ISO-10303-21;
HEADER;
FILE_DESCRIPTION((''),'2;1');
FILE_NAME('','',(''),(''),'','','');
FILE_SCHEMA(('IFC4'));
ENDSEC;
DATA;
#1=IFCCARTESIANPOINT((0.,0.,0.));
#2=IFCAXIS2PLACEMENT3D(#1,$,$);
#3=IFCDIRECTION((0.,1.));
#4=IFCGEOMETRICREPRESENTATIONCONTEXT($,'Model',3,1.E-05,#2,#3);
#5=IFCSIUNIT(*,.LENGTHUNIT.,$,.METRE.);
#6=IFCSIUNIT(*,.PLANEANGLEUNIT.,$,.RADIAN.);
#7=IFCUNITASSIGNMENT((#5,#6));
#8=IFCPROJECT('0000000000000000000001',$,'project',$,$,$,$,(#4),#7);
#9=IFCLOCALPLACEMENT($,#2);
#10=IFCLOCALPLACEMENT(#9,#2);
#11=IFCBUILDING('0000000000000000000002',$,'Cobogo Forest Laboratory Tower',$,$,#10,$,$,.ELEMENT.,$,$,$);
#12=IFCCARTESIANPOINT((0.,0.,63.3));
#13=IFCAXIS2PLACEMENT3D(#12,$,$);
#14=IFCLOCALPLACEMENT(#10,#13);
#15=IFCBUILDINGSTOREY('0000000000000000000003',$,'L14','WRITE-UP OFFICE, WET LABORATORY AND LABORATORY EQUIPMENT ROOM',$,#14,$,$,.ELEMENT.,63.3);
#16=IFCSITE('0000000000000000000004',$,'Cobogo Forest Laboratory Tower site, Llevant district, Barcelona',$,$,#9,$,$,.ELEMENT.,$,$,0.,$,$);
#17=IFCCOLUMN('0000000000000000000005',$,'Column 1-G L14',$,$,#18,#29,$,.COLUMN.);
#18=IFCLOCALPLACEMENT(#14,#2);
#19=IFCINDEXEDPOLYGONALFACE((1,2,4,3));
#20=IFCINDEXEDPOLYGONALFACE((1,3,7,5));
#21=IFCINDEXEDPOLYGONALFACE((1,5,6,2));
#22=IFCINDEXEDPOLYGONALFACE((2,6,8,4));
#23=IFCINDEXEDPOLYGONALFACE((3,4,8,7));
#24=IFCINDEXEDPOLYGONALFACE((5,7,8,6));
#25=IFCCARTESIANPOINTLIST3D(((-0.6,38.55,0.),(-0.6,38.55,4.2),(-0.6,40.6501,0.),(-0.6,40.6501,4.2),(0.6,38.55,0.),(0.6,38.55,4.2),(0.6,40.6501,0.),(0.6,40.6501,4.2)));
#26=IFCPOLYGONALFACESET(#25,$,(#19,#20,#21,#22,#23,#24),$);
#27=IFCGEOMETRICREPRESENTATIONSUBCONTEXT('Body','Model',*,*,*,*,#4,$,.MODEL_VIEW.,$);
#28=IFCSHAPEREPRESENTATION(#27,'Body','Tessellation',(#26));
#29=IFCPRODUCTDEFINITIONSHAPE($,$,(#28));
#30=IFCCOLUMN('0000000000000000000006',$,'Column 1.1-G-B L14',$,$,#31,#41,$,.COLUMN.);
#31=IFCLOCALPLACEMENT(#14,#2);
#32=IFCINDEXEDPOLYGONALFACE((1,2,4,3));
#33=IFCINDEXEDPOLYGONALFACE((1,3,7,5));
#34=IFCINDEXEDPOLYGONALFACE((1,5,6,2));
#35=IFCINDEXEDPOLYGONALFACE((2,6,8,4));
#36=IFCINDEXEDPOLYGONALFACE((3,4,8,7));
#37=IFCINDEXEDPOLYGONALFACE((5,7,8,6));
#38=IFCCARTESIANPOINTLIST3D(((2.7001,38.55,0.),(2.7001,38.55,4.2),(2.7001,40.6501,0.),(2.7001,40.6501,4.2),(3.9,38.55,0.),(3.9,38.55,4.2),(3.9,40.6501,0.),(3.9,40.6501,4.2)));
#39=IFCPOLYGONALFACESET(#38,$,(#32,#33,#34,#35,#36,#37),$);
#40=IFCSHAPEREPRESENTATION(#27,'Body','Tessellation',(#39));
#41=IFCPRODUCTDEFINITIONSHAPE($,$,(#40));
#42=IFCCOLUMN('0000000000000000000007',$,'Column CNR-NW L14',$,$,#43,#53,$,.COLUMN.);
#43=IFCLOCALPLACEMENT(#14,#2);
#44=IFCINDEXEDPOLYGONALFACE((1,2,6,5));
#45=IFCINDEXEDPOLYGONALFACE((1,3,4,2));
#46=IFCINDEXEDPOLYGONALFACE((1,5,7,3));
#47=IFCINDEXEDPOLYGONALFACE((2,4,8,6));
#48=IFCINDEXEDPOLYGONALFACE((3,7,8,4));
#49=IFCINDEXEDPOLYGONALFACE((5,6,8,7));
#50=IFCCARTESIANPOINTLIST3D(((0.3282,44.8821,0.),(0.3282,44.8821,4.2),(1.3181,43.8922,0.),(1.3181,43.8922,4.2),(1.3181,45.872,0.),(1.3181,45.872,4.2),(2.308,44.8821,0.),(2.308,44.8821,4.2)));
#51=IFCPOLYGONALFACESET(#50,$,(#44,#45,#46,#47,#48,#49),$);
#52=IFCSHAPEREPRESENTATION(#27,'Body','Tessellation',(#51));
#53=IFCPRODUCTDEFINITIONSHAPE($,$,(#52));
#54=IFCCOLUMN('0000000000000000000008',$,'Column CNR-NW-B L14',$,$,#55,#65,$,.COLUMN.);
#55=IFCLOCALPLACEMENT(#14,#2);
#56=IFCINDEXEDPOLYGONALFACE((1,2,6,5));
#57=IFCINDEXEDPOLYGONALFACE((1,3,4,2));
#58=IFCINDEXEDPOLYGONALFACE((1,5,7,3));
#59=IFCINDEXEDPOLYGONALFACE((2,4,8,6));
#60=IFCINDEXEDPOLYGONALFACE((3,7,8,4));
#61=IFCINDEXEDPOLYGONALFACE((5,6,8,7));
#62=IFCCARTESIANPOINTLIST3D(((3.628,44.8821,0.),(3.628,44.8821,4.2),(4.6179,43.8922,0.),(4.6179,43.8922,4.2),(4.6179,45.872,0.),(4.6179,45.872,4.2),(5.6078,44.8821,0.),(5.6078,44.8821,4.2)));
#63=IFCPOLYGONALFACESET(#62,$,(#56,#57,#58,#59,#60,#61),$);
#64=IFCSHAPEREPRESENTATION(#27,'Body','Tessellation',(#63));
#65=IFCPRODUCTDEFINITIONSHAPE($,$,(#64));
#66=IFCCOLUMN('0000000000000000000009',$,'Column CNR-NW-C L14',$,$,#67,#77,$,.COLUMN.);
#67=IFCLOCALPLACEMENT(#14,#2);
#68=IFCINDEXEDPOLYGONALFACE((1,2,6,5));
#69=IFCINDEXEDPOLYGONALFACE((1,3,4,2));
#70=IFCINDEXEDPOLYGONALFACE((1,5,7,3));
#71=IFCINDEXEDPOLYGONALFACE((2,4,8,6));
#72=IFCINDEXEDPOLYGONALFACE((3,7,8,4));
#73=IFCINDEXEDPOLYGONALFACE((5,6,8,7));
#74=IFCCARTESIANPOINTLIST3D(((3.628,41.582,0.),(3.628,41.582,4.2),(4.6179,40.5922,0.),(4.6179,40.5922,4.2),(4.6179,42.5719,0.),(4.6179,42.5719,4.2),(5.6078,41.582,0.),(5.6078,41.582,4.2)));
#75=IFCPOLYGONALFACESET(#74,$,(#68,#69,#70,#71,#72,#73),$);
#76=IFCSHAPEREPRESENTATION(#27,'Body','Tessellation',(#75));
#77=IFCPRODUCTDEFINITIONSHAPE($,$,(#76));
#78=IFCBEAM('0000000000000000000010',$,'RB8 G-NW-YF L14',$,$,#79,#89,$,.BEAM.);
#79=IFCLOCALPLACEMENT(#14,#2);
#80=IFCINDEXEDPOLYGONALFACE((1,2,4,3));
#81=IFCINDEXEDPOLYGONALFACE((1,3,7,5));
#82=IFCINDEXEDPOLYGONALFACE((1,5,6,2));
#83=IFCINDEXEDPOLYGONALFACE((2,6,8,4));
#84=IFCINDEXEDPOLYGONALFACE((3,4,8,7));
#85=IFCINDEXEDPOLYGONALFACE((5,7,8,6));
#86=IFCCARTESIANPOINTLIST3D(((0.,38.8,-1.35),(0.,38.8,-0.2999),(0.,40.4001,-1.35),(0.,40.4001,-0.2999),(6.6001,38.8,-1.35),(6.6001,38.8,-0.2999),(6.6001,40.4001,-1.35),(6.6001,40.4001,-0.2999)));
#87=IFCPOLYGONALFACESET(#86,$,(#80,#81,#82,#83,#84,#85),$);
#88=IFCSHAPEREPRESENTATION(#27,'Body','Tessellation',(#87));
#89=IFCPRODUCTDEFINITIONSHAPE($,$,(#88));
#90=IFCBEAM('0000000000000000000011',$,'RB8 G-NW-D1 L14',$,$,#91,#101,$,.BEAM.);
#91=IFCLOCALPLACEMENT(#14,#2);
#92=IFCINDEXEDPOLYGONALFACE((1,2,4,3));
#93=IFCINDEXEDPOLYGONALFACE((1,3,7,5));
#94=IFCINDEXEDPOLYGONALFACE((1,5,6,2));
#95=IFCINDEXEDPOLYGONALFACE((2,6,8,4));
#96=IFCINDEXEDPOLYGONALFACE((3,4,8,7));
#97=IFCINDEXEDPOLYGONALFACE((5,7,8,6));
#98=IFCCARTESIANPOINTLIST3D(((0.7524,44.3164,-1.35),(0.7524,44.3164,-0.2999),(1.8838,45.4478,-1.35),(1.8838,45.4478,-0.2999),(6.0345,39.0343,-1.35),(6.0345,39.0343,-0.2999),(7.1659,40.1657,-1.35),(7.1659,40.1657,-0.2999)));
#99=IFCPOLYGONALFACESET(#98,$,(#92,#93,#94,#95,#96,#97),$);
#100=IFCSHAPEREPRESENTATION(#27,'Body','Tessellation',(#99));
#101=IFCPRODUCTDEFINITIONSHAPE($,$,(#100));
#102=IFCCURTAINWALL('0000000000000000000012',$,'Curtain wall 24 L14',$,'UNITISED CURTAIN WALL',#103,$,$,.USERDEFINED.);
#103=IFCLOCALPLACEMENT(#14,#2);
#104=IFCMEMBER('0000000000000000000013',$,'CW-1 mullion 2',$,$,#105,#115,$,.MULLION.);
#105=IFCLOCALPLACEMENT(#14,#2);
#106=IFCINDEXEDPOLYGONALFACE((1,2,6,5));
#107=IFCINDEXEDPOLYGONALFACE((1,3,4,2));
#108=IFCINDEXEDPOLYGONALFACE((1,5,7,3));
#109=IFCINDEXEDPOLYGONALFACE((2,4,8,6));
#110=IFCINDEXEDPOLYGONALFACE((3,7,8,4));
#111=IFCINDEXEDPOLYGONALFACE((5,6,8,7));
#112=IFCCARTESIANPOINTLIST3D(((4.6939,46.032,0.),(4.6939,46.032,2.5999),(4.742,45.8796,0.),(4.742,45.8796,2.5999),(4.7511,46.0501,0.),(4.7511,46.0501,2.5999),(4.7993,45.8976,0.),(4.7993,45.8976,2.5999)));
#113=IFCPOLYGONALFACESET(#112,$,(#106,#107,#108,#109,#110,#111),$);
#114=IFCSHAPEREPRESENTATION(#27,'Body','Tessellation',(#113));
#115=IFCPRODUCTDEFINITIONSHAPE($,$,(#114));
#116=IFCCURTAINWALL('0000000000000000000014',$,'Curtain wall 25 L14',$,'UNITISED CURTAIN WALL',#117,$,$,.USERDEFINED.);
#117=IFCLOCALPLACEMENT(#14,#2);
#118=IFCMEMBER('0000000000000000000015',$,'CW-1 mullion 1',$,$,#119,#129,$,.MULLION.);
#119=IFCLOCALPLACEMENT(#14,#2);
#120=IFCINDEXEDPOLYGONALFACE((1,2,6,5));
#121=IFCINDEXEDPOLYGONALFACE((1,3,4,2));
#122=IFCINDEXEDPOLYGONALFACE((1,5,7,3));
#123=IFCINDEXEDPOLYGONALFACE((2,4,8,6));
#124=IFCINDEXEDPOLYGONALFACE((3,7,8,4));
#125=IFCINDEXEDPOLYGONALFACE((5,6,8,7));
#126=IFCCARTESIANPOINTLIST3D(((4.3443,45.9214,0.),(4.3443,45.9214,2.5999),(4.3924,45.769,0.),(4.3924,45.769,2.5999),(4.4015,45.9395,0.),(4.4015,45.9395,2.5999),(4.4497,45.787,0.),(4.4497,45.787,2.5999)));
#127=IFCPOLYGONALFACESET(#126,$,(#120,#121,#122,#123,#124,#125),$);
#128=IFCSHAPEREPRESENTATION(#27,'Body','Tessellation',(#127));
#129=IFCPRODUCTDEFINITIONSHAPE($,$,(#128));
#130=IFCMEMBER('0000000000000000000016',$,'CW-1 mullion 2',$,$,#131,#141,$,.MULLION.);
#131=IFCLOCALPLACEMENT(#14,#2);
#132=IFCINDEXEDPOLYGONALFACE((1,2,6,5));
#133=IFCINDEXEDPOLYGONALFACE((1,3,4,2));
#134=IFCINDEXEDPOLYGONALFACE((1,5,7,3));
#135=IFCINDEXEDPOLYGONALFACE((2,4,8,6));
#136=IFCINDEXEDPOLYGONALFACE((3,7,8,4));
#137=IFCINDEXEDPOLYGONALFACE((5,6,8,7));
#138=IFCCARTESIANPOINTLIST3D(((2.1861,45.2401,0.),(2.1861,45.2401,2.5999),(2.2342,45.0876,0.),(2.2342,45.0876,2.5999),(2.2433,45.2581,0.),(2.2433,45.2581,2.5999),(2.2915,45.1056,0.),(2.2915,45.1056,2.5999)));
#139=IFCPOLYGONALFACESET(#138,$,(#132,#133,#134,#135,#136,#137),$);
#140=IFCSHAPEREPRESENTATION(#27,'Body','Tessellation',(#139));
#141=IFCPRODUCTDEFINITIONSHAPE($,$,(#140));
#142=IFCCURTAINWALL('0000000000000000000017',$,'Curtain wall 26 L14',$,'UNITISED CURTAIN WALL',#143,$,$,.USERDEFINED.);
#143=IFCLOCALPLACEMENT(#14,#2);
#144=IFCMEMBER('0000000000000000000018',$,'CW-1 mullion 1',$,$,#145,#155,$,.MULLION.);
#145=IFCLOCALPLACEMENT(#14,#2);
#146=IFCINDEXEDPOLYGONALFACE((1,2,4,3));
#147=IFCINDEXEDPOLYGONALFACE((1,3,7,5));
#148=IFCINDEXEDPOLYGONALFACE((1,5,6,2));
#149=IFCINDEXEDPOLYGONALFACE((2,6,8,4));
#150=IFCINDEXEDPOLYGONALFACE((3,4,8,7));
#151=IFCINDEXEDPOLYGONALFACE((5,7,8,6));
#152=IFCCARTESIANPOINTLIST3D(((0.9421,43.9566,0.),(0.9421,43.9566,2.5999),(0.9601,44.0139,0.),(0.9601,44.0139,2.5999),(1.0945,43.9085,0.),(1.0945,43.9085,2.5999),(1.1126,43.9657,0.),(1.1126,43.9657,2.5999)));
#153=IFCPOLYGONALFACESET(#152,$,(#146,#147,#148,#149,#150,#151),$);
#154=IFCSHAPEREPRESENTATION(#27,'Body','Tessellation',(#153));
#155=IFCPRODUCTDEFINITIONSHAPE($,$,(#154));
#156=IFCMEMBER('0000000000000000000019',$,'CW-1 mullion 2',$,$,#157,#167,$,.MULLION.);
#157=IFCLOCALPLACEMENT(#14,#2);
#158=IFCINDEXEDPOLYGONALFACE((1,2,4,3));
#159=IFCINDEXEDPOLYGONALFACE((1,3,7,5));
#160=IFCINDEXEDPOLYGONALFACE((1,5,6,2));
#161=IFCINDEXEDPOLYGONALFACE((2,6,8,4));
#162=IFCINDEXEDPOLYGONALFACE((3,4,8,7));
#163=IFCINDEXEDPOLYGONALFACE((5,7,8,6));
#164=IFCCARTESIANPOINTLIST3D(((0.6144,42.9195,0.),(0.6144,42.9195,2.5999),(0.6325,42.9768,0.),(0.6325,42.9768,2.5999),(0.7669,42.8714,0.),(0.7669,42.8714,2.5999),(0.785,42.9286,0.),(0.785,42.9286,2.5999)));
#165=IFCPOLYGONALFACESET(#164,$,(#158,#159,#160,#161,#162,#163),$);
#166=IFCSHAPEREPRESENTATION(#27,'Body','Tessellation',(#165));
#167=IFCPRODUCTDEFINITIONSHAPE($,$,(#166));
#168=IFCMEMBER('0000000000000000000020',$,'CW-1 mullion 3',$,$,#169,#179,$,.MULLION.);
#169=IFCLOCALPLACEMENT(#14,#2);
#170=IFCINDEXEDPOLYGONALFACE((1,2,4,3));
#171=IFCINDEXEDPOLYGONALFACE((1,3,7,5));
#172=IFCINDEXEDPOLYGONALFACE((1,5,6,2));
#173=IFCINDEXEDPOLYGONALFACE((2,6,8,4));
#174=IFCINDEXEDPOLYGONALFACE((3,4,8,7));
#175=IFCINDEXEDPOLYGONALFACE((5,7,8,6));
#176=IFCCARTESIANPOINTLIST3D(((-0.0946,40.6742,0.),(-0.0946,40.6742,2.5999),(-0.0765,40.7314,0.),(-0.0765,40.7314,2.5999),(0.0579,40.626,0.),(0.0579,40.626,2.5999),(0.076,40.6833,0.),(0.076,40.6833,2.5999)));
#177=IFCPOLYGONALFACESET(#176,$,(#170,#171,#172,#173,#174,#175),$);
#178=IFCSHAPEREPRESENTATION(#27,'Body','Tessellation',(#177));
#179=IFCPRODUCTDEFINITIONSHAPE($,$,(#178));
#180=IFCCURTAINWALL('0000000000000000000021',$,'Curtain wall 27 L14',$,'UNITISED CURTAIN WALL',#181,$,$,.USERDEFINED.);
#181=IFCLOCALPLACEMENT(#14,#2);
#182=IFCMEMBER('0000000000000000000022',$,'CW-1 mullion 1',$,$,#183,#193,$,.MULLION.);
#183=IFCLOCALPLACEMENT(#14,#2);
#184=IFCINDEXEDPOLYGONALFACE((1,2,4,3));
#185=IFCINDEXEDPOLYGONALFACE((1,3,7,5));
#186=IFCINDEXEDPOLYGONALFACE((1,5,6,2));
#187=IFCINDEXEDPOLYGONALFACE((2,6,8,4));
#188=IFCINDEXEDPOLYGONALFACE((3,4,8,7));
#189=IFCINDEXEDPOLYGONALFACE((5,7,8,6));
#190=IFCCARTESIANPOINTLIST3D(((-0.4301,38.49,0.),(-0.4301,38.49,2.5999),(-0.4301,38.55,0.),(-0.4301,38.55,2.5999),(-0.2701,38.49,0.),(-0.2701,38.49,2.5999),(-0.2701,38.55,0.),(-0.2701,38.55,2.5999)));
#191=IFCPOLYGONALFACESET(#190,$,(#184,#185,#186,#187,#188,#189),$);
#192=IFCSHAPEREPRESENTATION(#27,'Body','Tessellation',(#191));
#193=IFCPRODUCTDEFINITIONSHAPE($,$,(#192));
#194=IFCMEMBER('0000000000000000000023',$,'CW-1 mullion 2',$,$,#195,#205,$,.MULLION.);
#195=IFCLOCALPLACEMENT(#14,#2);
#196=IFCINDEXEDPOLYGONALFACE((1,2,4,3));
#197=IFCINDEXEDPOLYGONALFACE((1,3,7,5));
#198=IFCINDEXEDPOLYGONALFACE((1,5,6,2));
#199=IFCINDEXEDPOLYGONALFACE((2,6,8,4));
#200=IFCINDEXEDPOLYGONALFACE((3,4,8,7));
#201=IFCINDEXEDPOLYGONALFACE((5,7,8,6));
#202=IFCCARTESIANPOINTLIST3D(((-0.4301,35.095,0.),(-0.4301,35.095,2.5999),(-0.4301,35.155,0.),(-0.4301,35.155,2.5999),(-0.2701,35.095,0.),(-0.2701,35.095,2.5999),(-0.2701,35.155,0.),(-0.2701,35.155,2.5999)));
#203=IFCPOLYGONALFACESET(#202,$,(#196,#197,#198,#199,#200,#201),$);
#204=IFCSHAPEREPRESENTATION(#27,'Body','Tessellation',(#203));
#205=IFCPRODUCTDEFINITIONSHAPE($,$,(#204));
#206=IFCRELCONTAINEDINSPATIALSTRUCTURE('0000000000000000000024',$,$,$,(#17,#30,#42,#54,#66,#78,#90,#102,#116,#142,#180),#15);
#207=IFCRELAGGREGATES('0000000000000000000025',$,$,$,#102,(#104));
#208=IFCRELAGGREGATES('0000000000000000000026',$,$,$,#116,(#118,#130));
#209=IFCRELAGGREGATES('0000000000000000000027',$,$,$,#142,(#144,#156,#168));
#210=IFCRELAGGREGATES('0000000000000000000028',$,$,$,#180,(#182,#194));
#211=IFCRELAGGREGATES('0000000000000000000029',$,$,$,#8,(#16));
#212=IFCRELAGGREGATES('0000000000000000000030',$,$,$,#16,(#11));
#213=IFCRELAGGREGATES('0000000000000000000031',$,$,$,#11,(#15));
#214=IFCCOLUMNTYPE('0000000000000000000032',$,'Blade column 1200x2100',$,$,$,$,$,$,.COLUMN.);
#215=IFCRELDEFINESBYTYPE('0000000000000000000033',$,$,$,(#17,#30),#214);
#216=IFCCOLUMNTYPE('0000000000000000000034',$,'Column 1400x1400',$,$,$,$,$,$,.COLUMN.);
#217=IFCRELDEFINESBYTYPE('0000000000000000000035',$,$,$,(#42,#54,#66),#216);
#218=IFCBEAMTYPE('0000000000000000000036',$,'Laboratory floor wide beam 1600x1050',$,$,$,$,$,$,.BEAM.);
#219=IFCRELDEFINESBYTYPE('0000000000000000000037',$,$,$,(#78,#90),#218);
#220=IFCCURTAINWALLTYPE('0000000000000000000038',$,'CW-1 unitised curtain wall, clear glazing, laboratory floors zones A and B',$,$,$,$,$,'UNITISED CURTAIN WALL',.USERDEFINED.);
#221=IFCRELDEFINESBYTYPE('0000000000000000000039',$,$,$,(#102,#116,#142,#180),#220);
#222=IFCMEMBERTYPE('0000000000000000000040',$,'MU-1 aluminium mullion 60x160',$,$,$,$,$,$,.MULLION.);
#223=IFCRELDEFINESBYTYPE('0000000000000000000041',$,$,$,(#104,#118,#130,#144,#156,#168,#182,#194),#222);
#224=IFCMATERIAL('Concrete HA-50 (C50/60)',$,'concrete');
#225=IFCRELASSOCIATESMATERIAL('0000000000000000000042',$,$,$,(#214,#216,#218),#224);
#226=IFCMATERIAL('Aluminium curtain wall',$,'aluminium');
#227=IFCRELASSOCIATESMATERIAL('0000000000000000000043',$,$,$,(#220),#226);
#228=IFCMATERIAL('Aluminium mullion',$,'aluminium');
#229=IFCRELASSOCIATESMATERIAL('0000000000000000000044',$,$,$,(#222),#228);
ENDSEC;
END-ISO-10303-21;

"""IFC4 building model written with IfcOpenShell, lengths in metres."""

from ifc_helpers import new_model, si_unit, direction, frame, origin, origin_2d, place, context, subcontext, project, spatial, rectangle, extrude, material, material_profile, profile_set, type_object, element, aggregate, save


model = new_model("IFC4")

# Units and contexts
model_context = context("Model", 3, precision=1e-05, world=origin(), true_north=direction((0.0, 1.0)))
body_context = subcontext(model_context, "Body", "Model", "MODEL_VIEW")
ifc_project = project(units=[si_unit("LENGTHUNIT", "METRE"), si_unit("PLANEANGLEUNIT", "RADIAN")], contexts=[model_context])

# Site, building, storey
site_placement = place(None, origin())
site = spatial("IfcSite", under=ifc_project, at=site_placement, Name="Cobogo Forest Laboratory Tower site, Llevant district, Barcelona", CompositionType="ELEMENT", RefElevation=0.0)
building_placement = place(site_placement, origin())
building = spatial("IfcBuilding", under=site, at=building_placement, Name="Cobogo Forest Laboratory Tower", CompositionType="ELEMENT")
storey_placement = place(building_placement, frame((0.0, 0.0, 63.3)))
storey = spatial("IfcBuildingStorey", under=building, at=storey_placement, Name="L14", Description="WRITE-UP OFFICE, WET LABORATORY AND LABORATORY EQUIPMENT ROOM", CompositionType="ELEMENT", Elevation=63.3)

# Columns
ifc_material_1 = material(Name="Concrete HA-50 (C50/60)", Category="concrete")
ifc_material_profile_1 = material_profile(ifc_material_1, rectangle(XDim=2.1001, YDim=1.2, at=origin_2d()), Name="RC 1200x2100")
ifc_profile_set_1 = profile_set([ifc_material_profile_1], Name="Concrete HA-50 (C50/60)")
column_type_1 = type_object("IfcColumnType", Name="Blade column 1200x2100", PredefinedType="COLUMN", material=ifc_profile_set_1)
for number, where, z_axis, x_axis, name in (
    (1, (0.0, 39.6001, 0.0), (0.0, 0.0, 1.0), (0.0, 1.0, 0.0), "Column 1-G L14"),
    (2, (3.3, 39.6001, 0.0), (0.0, 0.0, 1.0), (0.0, 1.0, 0.0), "Column 1.1-G-B L14"),
):
    element("IfcColumn", number, at=place(storey_placement, frame(where, z_axis=z_axis, x_axis=x_axis)), inside=storey, type_object=column_type_1, Name=name, PredefinedType="COLUMN", context=body_context, shape_type="SweptSolid", body=[
        extrude(rectangle(XDim=2.1001, YDim=1.2, at=origin_2d()), origin(), (0.0, 0.0, 1.0), 4.2),
    ])
ifc_material_profile_2 = material_profile(ifc_material_1, rectangle(XDim=1.3999, YDim=1.3999, at=origin_2d()), Name="RC 1400x1400")
ifc_profile_set_2 = profile_set([ifc_material_profile_2], Name="Concrete HA-50 (C50/60)")
column_type_2 = type_object("IfcColumnType", Name="Column 1400x1400", PredefinedType="COLUMN", material=ifc_profile_set_2)
for number, where, z_axis, x_axis, name in (
    (3, (1.3181, 44.8821, 0.0), (0.0, 0.0, 1.0), (0.707107, 0.707107, 0.0), "Column CNR-NW L14"),
    (4, (4.6179, 44.8821, 0.0), (0.0, 0.0, 1.0), (0.707107, 0.707107, 0.0), "Column CNR-NW-B L14"),
    (5, (4.6179, 41.582, 0.0), (0.0, 0.0, 1.0), (0.707107, 0.707107, 0.0), "Column CNR-NW-C L14"),
):
    element("IfcColumn", number, at=place(storey_placement, frame(where, z_axis=z_axis, x_axis=x_axis)), inside=storey, type_object=column_type_2, Name=name, PredefinedType="COLUMN", context=body_context, shape_type="SweptSolid", body=[
        extrude(rectangle(XDim=1.3999, YDim=1.3999, at=origin_2d()), origin(), (0.0, 0.0, 1.0), 4.2),
    ])

# Beams
ifc_material_profile_3 = material_profile(ifc_material_1, rectangle(XDim=1.6001, YDim=1.05, at=origin_2d()), Name="RC 1600x1050")
ifc_profile_set_3 = profile_set([ifc_material_profile_3], Name="Concrete HA-50 (C50/60)")
beam_type_1 = type_object("IfcBeamType", Name="Laboratory floor wide beam 1600x1050", PredefinedType="BEAM", material=ifc_profile_set_3)
beam_1_placement = place(storey_placement, frame((0.0, 39.6001, -0.825), z_axis=(1.0, 0.0, 0.0), x_axis=(0.0, 1.0, 0.0)))
element("IfcBeam", 6, at=beam_1_placement, inside=storey, type_object=beam_type_1, Name="RB8 G-NW-YF L14", PredefinedType="BEAM", context=body_context, shape_type="SweptSolid", body=[
    extrude(rectangle(XDim=1.6001, YDim=1.05, at=origin_2d()), origin(), (0.0, 0.0, 1.0), 6.6001),
])
beam_2_placement = place(storey_placement, frame((1.3181, 44.8821, -0.825), z_axis=(0.707107, -0.707107, 0.0), x_axis=(0.707107, 0.707107, 0.0)))
element("IfcBeam", 7, at=beam_2_placement, inside=storey, type_object=beam_type_1, Name="RB8 G-NW-D1 L14", PredefinedType="BEAM", context=body_context, shape_type="SweptSolid", body=[
    extrude(rectangle(XDim=1.6001, YDim=1.05, at=origin_2d()), origin(), (0.0, 0.0, 1.0), 7.47),
])

# Curtain wall, member
ifc_material_2 = material(Name="Aluminium curtain wall", Category="aluminium")
curtain_wall_type = type_object("IfcCurtainWallType", Name="CW-1 unitised curtain wall, clear glazing, laboratory floors zones A and B", ElementType="UNITISED CURTAIN WALL", PredefinedType="USERDEFINED", material=ifc_material_2)
curtain_wall_1_placement = place(storey_placement, origin())
curtain_wall_1 = element("IfcCurtainWall", 8, at=curtain_wall_1_placement, inside=storey, type_object=curtain_wall_type, Name="Curtain wall 24 L14", ObjectType="UNITISED CURTAIN WALL", PredefinedType="USERDEFINED")
ifc_material_3 = material(Name="Aluminium mullion", Category="aluminium")
ifc_material_profile_4 = material_profile(ifc_material_3, rectangle(XDim=0.0601, YDim=0.1599, at=origin_2d()), Name="AL 60x160")
ifc_profile_set_4 = profile_set([ifc_material_profile_4], Name="Aluminium mullion")
member_type_1 = type_object("IfcMemberType", Name="MU-1 aluminium mullion 60x160", PredefinedType="MULLION", material=ifc_profile_set_4)
member_1_placement = place(storey_placement, frame((4.7466, 45.9648, 0.0), z_axis=(0.0, 0.0, 1.0), x_axis=(-0.953582, -0.301135, 0.0)))
member_1 = element("IfcMember", 9, at=member_1_placement, type_object=member_type_1, Name="CW-1 mullion 2", PredefinedType="MULLION", context=body_context, shape_type="SweptSolid", body=[
    extrude(rectangle(XDim=0.0601, YDim=0.1599, at=origin_2d()), origin(), (0.0, 0.0, 1.0), 2.5999),
])

# Curtain walls, members
curtain_wall_2_placement = place(storey_placement, origin())
curtain_wall_2 = element("IfcCurtainWall", 10, at=curtain_wall_2_placement, inside=storey, type_object=curtain_wall_type, Name="Curtain wall 25 L14", ObjectType="UNITISED CURTAIN WALL", PredefinedType="USERDEFINED")
member_2_placement = place(storey_placement, frame((4.397, 45.8542, 0.0), z_axis=(0.0, 0.0, 1.0), x_axis=(-0.953581, -0.301135, 0.0)))
member_2 = element("IfcMember", 11, at=member_2_placement, type_object=member_type_1, Name="CW-1 mullion 1", PredefinedType="MULLION", context=body_context, shape_type="SweptSolid", body=[
    extrude(rectangle(XDim=0.0601, YDim=0.1599, at=origin_2d()), origin(), (0.0, 0.0, 1.0), 2.5999),
])
member_3_placement = place(storey_placement, frame((2.2388, 45.1729, 0.0), z_axis=(0.0, 0.0, 1.0), x_axis=(-0.953581, -0.301135, 0.0)))
member_3 = element("IfcMember", 12, at=member_3_placement, type_object=member_type_1, Name="CW-1 mullion 2", PredefinedType="MULLION", context=body_context, shape_type="SweptSolid", body=[
    extrude(rectangle(XDim=0.0601, YDim=0.1599, at=origin_2d()), origin(), (0.0, 0.0, 1.0), 2.5999),
])
curtain_wall_3_placement = place(storey_placement, origin())
curtain_wall_3 = element("IfcCurtainWall", 13, at=curtain_wall_3_placement, inside=storey, type_object=curtain_wall_type, Name="Curtain wall 26 L14", ObjectType="UNITISED CURTAIN WALL", PredefinedType="USERDEFINED")
member_4_placement = place(storey_placement, frame((1.0273, 43.9612, 0.0), z_axis=(0.0, 0.0, 1.0), x_axis=(-0.301135, -0.953581, 0.0)))
member_4 = element("IfcMember", 14, at=member_4_placement, type_object=member_type_1, Name="CW-1 mullion 1", PredefinedType="MULLION", context=body_context, shape_type="SweptSolid", body=[
    extrude(rectangle(XDim=0.0601, YDim=0.1599, at=origin_2d()), origin(), (0.0, 0.0, 1.0), 2.5999),
])
member_5_placement = place(storey_placement, frame((0.6997, 42.9241, 0.0), z_axis=(0.0, 0.0, 1.0), x_axis=(-0.301135, -0.953581, 0.0)))
member_5 = element("IfcMember", 15, at=member_5_placement, type_object=member_type_1, Name="CW-1 mullion 2", PredefinedType="MULLION", context=body_context, shape_type="SweptSolid", body=[
    extrude(rectangle(XDim=0.0601, YDim=0.1599, at=origin_2d()), origin(), (0.0, 0.0, 1.0), 2.5999),
])
member_6_placement = place(storey_placement, frame((-0.0093, 40.6787, 0.0), z_axis=(0.0, 0.0, 1.0), x_axis=(-0.301135, -0.953581, 0.0)))
member_6 = element("IfcMember", 16, at=member_6_placement, type_object=member_type_1, Name="CW-1 mullion 3", PredefinedType="MULLION", context=body_context, shape_type="SweptSolid", body=[
    extrude(rectangle(XDim=0.0601, YDim=0.1599, at=origin_2d()), origin(), (0.0, 0.0, 1.0), 2.5999),
])
curtain_wall_4_placement = place(storey_placement, origin())
curtain_wall_4 = element("IfcCurtainWall", 17, at=curtain_wall_4_placement, inside=storey, type_object=curtain_wall_type, Name="Curtain wall 27 L14", ObjectType="UNITISED CURTAIN WALL", PredefinedType="USERDEFINED")
member_7_placement = place(storey_placement, frame((-0.3501, 38.52, 0.0), z_axis=(0.0, 0.0, 1.0), x_axis=(0.0, -1.0, 0.0)))
member_7 = element("IfcMember", 18, at=member_7_placement, type_object=member_type_1, Name="CW-1 mullion 1", PredefinedType="MULLION", context=body_context, shape_type="SweptSolid", body=[
    extrude(rectangle(XDim=0.0601, YDim=0.1599, at=origin_2d()), origin(), (0.0, 0.0, 1.0), 2.5999),
])
member_8_placement = place(storey_placement, frame((-0.3501, 35.125, 0.0), z_axis=(0.0, 0.0, 1.0), x_axis=(0.0, -1.0, 0.0)))
member_8 = element("IfcMember", 19, at=member_8_placement, type_object=member_type_1, Name="CW-1 mullion 2", PredefinedType="MULLION", context=body_context, shape_type="SweptSolid", body=[
    extrude(rectangle(XDim=0.0601, YDim=0.1599, at=origin_2d()), origin(), (0.0, 0.0, 1.0), 2.5999),
])

aggregate(curtain_wall_1, [member_1])
aggregate(curtain_wall_2, [member_2, member_3])
aggregate(curtain_wall_3, [member_4, member_5, member_6])
aggregate(curtain_wall_4, [member_7, member_8])

save(model, "model.ifc")
